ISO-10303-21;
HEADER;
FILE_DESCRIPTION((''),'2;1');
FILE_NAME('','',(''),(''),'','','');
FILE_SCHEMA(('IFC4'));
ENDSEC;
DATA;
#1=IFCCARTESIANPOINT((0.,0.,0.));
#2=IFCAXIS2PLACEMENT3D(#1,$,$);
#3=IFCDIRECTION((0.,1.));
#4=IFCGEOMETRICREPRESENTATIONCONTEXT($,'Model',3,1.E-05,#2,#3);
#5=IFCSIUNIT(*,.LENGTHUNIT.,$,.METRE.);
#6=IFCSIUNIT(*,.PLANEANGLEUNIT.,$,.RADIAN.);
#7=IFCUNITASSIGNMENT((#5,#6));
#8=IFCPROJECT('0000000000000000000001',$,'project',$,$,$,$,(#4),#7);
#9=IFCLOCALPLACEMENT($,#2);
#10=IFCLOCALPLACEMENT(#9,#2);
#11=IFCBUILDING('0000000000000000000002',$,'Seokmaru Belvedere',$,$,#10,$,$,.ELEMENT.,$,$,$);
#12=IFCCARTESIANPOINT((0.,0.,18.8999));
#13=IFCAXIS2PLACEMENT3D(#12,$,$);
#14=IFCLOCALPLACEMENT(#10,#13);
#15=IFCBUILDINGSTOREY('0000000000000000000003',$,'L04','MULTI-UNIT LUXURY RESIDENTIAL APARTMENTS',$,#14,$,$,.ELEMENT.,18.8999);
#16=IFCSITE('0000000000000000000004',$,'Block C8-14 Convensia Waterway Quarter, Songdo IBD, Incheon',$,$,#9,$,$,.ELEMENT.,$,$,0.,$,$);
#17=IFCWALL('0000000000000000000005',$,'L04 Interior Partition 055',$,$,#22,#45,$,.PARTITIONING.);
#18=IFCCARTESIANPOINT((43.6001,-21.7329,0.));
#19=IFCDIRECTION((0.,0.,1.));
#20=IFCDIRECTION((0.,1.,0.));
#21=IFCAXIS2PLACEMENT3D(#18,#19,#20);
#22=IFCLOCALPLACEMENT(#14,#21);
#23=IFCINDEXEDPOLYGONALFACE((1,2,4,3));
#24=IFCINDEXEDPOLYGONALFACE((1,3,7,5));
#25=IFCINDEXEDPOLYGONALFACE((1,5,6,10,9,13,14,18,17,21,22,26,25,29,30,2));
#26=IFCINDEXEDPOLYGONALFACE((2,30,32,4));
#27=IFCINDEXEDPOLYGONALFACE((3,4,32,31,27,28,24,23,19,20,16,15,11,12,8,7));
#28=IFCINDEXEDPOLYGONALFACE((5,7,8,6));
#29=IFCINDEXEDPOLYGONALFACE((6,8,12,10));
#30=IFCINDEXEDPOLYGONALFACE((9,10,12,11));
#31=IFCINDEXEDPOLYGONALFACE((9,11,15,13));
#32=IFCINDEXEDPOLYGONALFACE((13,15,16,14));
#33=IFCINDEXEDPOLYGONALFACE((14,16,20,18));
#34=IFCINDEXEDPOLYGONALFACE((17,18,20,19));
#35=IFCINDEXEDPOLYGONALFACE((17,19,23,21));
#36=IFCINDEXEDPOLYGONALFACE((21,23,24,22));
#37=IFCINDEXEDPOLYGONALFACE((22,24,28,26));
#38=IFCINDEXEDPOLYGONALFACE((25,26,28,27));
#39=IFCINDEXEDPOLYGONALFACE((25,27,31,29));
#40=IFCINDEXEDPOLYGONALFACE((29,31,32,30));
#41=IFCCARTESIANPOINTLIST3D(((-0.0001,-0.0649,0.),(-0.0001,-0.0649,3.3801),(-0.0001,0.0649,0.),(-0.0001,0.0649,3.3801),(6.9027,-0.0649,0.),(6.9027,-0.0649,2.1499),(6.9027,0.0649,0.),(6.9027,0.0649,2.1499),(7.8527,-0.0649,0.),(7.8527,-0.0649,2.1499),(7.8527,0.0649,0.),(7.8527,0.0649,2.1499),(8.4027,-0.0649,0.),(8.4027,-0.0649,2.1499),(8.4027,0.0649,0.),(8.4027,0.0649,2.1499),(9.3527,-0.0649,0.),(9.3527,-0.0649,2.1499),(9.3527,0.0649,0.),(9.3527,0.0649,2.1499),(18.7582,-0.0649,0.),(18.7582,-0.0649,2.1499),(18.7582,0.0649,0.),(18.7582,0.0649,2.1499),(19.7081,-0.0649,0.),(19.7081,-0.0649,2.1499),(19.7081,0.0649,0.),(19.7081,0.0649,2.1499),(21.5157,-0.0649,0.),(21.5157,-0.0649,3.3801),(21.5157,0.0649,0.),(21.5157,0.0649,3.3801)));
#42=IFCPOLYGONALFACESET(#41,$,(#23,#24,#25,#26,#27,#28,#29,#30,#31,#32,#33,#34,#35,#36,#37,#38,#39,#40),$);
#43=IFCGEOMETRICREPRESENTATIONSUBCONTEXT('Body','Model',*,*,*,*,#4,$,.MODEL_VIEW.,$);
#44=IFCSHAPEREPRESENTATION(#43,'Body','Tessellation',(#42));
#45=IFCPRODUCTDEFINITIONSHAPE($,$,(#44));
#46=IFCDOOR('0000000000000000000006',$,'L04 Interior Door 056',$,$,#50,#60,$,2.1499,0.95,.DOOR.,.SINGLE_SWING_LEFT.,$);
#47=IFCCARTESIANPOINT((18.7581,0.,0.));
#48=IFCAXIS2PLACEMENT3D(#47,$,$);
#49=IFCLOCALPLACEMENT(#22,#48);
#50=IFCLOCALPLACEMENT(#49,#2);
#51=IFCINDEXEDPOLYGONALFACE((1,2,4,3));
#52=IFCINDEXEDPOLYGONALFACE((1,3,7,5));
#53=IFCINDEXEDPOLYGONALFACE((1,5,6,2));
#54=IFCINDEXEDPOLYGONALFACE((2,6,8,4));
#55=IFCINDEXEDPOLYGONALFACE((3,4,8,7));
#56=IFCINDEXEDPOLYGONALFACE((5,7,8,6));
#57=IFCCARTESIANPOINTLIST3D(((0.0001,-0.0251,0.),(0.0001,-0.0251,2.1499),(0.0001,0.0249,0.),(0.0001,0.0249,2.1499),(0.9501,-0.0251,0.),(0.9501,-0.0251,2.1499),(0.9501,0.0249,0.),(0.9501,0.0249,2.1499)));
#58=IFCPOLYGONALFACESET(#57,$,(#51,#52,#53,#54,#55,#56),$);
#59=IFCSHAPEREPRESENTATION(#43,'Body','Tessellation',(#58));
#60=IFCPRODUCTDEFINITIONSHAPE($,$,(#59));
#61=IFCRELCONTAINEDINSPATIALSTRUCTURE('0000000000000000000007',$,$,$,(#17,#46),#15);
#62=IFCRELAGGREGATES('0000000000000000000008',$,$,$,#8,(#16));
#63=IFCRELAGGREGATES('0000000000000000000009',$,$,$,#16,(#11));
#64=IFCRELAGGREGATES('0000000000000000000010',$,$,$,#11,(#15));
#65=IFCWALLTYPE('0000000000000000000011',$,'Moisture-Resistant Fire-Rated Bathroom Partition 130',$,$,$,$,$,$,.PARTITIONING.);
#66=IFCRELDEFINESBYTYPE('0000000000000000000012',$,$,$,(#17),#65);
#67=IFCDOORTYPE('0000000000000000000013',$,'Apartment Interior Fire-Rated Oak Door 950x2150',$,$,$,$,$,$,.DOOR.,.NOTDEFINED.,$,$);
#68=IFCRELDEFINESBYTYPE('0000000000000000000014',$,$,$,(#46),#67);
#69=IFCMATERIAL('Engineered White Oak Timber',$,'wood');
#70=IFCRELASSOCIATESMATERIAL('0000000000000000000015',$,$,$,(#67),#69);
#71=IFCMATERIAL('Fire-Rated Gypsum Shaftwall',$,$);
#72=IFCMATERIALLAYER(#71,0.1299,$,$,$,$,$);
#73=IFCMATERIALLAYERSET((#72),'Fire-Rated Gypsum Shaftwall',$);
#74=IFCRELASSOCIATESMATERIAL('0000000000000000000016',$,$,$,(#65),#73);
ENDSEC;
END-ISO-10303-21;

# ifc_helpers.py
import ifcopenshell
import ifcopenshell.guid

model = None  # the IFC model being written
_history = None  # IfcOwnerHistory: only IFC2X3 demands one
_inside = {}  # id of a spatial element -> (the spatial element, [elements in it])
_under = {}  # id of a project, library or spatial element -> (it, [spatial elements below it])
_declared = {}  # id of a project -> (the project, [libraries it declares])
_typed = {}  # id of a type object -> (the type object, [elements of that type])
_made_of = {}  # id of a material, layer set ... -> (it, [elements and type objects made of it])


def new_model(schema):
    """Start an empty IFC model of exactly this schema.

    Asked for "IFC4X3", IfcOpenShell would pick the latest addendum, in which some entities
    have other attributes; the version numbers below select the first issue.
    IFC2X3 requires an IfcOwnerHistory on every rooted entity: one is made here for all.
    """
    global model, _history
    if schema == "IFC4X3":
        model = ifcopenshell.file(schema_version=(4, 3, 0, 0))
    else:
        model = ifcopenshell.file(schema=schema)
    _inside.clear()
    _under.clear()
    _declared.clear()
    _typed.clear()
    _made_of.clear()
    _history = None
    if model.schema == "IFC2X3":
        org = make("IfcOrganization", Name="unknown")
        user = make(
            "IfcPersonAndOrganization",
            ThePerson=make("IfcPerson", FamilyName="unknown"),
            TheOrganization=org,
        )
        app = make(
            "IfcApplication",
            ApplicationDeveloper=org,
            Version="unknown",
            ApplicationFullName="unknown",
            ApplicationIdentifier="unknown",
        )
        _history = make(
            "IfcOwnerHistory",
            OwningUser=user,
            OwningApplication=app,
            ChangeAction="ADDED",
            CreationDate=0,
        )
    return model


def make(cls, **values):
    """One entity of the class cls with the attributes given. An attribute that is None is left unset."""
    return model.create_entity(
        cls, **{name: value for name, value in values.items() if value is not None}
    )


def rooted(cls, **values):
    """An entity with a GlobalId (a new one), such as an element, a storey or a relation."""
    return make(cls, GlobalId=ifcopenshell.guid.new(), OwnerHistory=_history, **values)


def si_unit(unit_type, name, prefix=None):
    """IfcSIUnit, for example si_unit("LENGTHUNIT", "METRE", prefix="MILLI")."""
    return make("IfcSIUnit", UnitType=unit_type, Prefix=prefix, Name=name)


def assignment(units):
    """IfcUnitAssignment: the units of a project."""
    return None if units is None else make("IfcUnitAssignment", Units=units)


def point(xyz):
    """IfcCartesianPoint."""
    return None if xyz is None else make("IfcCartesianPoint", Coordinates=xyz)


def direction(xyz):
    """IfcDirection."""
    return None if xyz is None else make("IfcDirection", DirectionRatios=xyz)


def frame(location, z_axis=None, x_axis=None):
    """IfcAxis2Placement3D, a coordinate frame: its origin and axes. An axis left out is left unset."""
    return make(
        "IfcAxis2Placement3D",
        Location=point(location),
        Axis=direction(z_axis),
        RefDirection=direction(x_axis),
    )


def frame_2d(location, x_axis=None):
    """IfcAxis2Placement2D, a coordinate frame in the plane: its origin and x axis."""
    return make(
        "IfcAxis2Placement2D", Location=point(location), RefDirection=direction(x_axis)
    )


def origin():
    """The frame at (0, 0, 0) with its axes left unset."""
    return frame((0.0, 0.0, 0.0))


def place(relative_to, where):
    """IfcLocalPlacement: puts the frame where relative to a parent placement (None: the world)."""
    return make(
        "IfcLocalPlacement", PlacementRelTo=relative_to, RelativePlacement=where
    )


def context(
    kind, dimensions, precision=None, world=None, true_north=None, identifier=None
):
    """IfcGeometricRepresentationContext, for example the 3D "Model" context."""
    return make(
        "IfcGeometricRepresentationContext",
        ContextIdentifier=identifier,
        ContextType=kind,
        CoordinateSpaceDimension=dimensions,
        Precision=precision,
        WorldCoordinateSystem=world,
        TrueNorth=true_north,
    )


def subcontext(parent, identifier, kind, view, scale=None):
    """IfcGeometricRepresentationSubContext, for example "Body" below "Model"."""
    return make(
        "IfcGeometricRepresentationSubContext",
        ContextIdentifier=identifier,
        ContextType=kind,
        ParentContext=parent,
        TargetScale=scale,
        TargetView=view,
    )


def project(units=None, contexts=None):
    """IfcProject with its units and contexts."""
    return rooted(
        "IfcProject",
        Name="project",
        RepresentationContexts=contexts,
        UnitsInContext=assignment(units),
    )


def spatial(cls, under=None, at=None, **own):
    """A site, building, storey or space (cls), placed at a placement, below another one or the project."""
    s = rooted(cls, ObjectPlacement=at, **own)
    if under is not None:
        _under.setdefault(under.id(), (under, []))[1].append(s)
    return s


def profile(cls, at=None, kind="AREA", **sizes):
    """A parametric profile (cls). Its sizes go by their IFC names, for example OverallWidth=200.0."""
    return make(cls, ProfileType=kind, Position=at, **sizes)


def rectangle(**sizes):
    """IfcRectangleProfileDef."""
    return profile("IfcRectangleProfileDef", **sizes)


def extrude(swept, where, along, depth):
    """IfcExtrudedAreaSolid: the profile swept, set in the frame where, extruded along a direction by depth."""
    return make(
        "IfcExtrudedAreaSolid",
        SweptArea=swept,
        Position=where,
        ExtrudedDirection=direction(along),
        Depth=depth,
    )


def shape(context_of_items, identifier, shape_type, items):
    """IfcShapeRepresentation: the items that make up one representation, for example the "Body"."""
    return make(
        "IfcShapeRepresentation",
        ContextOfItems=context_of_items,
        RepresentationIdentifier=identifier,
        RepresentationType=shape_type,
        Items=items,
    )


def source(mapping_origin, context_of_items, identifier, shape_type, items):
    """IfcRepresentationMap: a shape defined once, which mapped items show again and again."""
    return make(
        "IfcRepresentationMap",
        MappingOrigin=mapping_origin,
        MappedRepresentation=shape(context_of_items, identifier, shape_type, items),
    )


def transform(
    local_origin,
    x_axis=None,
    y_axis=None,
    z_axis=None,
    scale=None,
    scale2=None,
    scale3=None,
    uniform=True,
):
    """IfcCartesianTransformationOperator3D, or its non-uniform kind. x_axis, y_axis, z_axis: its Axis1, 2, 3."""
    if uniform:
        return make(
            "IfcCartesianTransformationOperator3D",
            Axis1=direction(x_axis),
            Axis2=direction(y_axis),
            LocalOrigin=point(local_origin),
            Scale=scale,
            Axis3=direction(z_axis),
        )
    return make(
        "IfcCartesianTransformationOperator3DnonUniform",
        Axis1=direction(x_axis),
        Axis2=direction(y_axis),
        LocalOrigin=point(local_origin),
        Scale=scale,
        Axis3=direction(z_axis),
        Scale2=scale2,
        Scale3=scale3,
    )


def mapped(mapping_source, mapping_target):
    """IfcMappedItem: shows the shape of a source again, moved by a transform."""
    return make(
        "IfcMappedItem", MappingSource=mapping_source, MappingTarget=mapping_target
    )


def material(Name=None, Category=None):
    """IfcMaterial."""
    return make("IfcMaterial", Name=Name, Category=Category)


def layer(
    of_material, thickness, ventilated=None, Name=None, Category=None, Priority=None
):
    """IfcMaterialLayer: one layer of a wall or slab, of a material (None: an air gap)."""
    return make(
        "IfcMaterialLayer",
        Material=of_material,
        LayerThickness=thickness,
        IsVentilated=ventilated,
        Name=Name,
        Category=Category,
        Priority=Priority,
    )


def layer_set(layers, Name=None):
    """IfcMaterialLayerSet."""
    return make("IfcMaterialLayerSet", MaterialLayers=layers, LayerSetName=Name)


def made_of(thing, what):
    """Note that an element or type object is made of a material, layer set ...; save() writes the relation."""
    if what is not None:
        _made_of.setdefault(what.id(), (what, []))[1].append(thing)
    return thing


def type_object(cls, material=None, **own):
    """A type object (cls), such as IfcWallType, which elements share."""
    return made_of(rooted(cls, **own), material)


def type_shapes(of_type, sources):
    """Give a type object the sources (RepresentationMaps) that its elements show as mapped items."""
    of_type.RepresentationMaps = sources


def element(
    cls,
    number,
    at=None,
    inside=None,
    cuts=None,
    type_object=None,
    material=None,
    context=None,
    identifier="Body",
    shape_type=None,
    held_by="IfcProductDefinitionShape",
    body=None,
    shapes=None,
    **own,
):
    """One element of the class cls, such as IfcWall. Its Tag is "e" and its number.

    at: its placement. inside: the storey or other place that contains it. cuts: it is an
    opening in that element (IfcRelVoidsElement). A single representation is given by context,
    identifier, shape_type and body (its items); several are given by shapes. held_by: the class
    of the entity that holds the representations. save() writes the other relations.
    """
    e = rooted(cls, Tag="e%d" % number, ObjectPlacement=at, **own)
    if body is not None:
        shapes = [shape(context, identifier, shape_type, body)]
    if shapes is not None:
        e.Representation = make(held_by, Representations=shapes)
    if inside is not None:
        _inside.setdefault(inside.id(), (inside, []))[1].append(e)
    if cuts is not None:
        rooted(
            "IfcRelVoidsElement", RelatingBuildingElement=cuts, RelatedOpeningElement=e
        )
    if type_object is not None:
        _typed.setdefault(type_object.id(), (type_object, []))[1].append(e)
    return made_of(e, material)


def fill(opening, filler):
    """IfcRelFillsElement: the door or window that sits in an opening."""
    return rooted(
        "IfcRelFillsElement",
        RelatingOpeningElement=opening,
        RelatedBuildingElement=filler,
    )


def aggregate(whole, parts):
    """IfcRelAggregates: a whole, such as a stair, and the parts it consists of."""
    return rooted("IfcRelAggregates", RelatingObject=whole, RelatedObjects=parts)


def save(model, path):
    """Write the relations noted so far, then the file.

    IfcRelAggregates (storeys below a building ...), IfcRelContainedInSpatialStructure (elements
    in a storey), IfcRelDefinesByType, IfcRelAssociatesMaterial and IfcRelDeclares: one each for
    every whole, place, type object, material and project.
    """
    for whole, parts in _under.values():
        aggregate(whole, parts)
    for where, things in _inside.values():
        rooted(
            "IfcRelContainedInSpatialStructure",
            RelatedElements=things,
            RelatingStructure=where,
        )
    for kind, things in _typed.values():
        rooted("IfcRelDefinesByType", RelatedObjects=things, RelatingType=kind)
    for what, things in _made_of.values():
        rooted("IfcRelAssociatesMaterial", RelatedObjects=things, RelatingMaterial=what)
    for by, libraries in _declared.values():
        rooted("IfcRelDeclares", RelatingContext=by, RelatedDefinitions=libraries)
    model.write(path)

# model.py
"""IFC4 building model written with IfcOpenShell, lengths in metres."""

from ifc_helpers import new_model, si_unit, direction, frame, frame_2d, origin, place, context, subcontext, project, spatial, rectangle, extrude, source, transform, mapped, material, layer, layer_set, type_object, type_shapes, element, fill, save


model = new_model("IFC4")

# Units and contexts
model_context = context("Model", 3, precision=1e-05, world=origin(), true_north=direction((0.0, 1.0)))
body_context = subcontext(model_context, "Body", "Model", "MODEL_VIEW")
ifc_project = project(units=[si_unit("LENGTHUNIT", "METRE"), si_unit("PLANEANGLEUNIT", "RADIAN")], contexts=[model_context])

# Site, building, storey
site_placement = place(None, origin())
site = spatial("IfcSite", under=ifc_project, at=site_placement, Name="Block C8-14 Convensia Waterway Quarter, Songdo IBD, Incheon", CompositionType="ELEMENT", RefElevation=0.0)
building_placement = place(site_placement, origin())
building = spatial("IfcBuilding", under=site, at=building_placement, Name="Seokmaru Belvedere", CompositionType="ELEMENT")
storey_placement = place(building_placement, frame((0.0, 0.0, 18.8999)))
storey = spatial("IfcBuildingStorey", under=building, at=storey_placement, Name="L04", Description="MULTI-UNIT LUXURY RESIDENTIAL APARTMENTS", CompositionType="ELEMENT", Elevation=18.8999)

# Shared definitions
ifc_material_1 = material(Name="Fire-Rated Gypsum Shaftwall")
ifc_material_2 = material(Name="Engineered White Oak Timber", Category="wood")
door_type_1 = type_object("IfcDoorType", Name="Apartment Interior Fire-Rated Oak Door 950x2150", OperationType="NOTDEFINED", PredefinedType="DOOR", material=ifc_material_2)
shared_shape_1 = source(origin(), body_context, "Body", "SweptSolid", [
    extrude(rectangle(XDim=0.95, YDim=2.1499, at=frame_2d((0.4751, 1.075))), frame((0.0, 0.0249, 0.0), z_axis=(0.0, -1.0, 0.0), x_axis=(1.0, 0.0, 0.0)), (0.0, 0.0, 1.0), 0.05),
])
type_shapes(door_type_1, [shared_shape_1])

# Wall, openings, door
ifc_layer_1 = layer(ifc_material_1, 0.1299)
ifc_layer_set_1 = layer_set([ifc_layer_1], Name="Fire-Rated Gypsum Shaftwall")
wall_type_1 = type_object("IfcWallType", Name="Moisture-Resistant Fire-Rated Bathroom Partition 130", PredefinedType="PARTITIONING", material=ifc_layer_set_1)
wall_1_placement = place(storey_placement, frame((43.6001, -21.7329, 0.0), z_axis=(0.0, 0.0, 1.0), x_axis=(0.0, 1.0, 0.0)))
wall_1 = element("IfcWall", 1, at=wall_1_placement, inside=storey, type_object=wall_type_1, Name="L04 Interior Partition 055", PredefinedType="PARTITIONING", context=body_context, shape_type="SweptSolid", body=[
    extrude(rectangle(XDim=21.5159, YDim=0.1299, at=frame_2d((10.7578, 0.0))), origin(), (0.0, 0.0, 1.0), 3.3801),
])
opening_1_placement = place(wall_1_placement, frame((6.9026, 0.0, 0.0)))
element("IfcOpeningElement", 2, at=opening_1_placement, cuts=wall_1, PredefinedType="OPENING", context=body_context, shape_type="SweptSolid", body=[
    extrude(rectangle(XDim=0.95, YDim=2.1499, at=frame_2d((0.4751, 1.075))), frame((0.0, 0.075, 0.0), z_axis=(0.0, -1.0, 0.0), x_axis=(1.0, 0.0, 0.0)), (0.0, 0.0, 1.0), 0.1499),
])
opening_2_placement = place(wall_1_placement, frame((8.4026, 0.0, 0.0)))
element("IfcOpeningElement", 3, at=opening_2_placement, cuts=wall_1, PredefinedType="OPENING", context=body_context, shape_type="SweptSolid", body=[
    extrude(rectangle(XDim=0.95, YDim=2.1499, at=frame_2d((0.4751, 1.075))), frame((0.0, 0.075, 0.0), z_axis=(0.0, -1.0, 0.0), x_axis=(1.0, 0.0, 0.0)), (0.0, 0.0, 1.0), 0.1499),
])
opening_3_placement = place(wall_1_placement, frame((18.7581, 0.0, 0.0)))
opening_3 = element("IfcOpeningElement", 4, at=opening_3_placement, cuts=wall_1, PredefinedType="OPENING", context=body_context, shape_type="SweptSolid", body=[
    extrude(rectangle(XDim=0.95, YDim=2.1499, at=frame_2d((0.4751, 1.075))), frame((0.0, 0.075, 0.0), z_axis=(0.0, -1.0, 0.0), x_axis=(1.0, 0.0, 0.0)), (0.0, 0.0, 1.0), 0.1499),
])
door_1_placement = place(opening_3_placement, origin())
door_1 = element("IfcDoor", 5, at=door_1_placement, inside=storey, type_object=door_type_1, Name="L04 Interior Door 056", OperationType="SINGLE_SWING_LEFT", OverallHeight=2.1499, OverallWidth=0.95, PredefinedType="DOOR", context=body_context, shape_type="MappedRepresentation", body=[
    mapped(shared_shape_1, transform((0.0, 0.0, 0.0), scale=1.0)),
])
fill(opening_3, door_1)

save(model, "model.ifc")
